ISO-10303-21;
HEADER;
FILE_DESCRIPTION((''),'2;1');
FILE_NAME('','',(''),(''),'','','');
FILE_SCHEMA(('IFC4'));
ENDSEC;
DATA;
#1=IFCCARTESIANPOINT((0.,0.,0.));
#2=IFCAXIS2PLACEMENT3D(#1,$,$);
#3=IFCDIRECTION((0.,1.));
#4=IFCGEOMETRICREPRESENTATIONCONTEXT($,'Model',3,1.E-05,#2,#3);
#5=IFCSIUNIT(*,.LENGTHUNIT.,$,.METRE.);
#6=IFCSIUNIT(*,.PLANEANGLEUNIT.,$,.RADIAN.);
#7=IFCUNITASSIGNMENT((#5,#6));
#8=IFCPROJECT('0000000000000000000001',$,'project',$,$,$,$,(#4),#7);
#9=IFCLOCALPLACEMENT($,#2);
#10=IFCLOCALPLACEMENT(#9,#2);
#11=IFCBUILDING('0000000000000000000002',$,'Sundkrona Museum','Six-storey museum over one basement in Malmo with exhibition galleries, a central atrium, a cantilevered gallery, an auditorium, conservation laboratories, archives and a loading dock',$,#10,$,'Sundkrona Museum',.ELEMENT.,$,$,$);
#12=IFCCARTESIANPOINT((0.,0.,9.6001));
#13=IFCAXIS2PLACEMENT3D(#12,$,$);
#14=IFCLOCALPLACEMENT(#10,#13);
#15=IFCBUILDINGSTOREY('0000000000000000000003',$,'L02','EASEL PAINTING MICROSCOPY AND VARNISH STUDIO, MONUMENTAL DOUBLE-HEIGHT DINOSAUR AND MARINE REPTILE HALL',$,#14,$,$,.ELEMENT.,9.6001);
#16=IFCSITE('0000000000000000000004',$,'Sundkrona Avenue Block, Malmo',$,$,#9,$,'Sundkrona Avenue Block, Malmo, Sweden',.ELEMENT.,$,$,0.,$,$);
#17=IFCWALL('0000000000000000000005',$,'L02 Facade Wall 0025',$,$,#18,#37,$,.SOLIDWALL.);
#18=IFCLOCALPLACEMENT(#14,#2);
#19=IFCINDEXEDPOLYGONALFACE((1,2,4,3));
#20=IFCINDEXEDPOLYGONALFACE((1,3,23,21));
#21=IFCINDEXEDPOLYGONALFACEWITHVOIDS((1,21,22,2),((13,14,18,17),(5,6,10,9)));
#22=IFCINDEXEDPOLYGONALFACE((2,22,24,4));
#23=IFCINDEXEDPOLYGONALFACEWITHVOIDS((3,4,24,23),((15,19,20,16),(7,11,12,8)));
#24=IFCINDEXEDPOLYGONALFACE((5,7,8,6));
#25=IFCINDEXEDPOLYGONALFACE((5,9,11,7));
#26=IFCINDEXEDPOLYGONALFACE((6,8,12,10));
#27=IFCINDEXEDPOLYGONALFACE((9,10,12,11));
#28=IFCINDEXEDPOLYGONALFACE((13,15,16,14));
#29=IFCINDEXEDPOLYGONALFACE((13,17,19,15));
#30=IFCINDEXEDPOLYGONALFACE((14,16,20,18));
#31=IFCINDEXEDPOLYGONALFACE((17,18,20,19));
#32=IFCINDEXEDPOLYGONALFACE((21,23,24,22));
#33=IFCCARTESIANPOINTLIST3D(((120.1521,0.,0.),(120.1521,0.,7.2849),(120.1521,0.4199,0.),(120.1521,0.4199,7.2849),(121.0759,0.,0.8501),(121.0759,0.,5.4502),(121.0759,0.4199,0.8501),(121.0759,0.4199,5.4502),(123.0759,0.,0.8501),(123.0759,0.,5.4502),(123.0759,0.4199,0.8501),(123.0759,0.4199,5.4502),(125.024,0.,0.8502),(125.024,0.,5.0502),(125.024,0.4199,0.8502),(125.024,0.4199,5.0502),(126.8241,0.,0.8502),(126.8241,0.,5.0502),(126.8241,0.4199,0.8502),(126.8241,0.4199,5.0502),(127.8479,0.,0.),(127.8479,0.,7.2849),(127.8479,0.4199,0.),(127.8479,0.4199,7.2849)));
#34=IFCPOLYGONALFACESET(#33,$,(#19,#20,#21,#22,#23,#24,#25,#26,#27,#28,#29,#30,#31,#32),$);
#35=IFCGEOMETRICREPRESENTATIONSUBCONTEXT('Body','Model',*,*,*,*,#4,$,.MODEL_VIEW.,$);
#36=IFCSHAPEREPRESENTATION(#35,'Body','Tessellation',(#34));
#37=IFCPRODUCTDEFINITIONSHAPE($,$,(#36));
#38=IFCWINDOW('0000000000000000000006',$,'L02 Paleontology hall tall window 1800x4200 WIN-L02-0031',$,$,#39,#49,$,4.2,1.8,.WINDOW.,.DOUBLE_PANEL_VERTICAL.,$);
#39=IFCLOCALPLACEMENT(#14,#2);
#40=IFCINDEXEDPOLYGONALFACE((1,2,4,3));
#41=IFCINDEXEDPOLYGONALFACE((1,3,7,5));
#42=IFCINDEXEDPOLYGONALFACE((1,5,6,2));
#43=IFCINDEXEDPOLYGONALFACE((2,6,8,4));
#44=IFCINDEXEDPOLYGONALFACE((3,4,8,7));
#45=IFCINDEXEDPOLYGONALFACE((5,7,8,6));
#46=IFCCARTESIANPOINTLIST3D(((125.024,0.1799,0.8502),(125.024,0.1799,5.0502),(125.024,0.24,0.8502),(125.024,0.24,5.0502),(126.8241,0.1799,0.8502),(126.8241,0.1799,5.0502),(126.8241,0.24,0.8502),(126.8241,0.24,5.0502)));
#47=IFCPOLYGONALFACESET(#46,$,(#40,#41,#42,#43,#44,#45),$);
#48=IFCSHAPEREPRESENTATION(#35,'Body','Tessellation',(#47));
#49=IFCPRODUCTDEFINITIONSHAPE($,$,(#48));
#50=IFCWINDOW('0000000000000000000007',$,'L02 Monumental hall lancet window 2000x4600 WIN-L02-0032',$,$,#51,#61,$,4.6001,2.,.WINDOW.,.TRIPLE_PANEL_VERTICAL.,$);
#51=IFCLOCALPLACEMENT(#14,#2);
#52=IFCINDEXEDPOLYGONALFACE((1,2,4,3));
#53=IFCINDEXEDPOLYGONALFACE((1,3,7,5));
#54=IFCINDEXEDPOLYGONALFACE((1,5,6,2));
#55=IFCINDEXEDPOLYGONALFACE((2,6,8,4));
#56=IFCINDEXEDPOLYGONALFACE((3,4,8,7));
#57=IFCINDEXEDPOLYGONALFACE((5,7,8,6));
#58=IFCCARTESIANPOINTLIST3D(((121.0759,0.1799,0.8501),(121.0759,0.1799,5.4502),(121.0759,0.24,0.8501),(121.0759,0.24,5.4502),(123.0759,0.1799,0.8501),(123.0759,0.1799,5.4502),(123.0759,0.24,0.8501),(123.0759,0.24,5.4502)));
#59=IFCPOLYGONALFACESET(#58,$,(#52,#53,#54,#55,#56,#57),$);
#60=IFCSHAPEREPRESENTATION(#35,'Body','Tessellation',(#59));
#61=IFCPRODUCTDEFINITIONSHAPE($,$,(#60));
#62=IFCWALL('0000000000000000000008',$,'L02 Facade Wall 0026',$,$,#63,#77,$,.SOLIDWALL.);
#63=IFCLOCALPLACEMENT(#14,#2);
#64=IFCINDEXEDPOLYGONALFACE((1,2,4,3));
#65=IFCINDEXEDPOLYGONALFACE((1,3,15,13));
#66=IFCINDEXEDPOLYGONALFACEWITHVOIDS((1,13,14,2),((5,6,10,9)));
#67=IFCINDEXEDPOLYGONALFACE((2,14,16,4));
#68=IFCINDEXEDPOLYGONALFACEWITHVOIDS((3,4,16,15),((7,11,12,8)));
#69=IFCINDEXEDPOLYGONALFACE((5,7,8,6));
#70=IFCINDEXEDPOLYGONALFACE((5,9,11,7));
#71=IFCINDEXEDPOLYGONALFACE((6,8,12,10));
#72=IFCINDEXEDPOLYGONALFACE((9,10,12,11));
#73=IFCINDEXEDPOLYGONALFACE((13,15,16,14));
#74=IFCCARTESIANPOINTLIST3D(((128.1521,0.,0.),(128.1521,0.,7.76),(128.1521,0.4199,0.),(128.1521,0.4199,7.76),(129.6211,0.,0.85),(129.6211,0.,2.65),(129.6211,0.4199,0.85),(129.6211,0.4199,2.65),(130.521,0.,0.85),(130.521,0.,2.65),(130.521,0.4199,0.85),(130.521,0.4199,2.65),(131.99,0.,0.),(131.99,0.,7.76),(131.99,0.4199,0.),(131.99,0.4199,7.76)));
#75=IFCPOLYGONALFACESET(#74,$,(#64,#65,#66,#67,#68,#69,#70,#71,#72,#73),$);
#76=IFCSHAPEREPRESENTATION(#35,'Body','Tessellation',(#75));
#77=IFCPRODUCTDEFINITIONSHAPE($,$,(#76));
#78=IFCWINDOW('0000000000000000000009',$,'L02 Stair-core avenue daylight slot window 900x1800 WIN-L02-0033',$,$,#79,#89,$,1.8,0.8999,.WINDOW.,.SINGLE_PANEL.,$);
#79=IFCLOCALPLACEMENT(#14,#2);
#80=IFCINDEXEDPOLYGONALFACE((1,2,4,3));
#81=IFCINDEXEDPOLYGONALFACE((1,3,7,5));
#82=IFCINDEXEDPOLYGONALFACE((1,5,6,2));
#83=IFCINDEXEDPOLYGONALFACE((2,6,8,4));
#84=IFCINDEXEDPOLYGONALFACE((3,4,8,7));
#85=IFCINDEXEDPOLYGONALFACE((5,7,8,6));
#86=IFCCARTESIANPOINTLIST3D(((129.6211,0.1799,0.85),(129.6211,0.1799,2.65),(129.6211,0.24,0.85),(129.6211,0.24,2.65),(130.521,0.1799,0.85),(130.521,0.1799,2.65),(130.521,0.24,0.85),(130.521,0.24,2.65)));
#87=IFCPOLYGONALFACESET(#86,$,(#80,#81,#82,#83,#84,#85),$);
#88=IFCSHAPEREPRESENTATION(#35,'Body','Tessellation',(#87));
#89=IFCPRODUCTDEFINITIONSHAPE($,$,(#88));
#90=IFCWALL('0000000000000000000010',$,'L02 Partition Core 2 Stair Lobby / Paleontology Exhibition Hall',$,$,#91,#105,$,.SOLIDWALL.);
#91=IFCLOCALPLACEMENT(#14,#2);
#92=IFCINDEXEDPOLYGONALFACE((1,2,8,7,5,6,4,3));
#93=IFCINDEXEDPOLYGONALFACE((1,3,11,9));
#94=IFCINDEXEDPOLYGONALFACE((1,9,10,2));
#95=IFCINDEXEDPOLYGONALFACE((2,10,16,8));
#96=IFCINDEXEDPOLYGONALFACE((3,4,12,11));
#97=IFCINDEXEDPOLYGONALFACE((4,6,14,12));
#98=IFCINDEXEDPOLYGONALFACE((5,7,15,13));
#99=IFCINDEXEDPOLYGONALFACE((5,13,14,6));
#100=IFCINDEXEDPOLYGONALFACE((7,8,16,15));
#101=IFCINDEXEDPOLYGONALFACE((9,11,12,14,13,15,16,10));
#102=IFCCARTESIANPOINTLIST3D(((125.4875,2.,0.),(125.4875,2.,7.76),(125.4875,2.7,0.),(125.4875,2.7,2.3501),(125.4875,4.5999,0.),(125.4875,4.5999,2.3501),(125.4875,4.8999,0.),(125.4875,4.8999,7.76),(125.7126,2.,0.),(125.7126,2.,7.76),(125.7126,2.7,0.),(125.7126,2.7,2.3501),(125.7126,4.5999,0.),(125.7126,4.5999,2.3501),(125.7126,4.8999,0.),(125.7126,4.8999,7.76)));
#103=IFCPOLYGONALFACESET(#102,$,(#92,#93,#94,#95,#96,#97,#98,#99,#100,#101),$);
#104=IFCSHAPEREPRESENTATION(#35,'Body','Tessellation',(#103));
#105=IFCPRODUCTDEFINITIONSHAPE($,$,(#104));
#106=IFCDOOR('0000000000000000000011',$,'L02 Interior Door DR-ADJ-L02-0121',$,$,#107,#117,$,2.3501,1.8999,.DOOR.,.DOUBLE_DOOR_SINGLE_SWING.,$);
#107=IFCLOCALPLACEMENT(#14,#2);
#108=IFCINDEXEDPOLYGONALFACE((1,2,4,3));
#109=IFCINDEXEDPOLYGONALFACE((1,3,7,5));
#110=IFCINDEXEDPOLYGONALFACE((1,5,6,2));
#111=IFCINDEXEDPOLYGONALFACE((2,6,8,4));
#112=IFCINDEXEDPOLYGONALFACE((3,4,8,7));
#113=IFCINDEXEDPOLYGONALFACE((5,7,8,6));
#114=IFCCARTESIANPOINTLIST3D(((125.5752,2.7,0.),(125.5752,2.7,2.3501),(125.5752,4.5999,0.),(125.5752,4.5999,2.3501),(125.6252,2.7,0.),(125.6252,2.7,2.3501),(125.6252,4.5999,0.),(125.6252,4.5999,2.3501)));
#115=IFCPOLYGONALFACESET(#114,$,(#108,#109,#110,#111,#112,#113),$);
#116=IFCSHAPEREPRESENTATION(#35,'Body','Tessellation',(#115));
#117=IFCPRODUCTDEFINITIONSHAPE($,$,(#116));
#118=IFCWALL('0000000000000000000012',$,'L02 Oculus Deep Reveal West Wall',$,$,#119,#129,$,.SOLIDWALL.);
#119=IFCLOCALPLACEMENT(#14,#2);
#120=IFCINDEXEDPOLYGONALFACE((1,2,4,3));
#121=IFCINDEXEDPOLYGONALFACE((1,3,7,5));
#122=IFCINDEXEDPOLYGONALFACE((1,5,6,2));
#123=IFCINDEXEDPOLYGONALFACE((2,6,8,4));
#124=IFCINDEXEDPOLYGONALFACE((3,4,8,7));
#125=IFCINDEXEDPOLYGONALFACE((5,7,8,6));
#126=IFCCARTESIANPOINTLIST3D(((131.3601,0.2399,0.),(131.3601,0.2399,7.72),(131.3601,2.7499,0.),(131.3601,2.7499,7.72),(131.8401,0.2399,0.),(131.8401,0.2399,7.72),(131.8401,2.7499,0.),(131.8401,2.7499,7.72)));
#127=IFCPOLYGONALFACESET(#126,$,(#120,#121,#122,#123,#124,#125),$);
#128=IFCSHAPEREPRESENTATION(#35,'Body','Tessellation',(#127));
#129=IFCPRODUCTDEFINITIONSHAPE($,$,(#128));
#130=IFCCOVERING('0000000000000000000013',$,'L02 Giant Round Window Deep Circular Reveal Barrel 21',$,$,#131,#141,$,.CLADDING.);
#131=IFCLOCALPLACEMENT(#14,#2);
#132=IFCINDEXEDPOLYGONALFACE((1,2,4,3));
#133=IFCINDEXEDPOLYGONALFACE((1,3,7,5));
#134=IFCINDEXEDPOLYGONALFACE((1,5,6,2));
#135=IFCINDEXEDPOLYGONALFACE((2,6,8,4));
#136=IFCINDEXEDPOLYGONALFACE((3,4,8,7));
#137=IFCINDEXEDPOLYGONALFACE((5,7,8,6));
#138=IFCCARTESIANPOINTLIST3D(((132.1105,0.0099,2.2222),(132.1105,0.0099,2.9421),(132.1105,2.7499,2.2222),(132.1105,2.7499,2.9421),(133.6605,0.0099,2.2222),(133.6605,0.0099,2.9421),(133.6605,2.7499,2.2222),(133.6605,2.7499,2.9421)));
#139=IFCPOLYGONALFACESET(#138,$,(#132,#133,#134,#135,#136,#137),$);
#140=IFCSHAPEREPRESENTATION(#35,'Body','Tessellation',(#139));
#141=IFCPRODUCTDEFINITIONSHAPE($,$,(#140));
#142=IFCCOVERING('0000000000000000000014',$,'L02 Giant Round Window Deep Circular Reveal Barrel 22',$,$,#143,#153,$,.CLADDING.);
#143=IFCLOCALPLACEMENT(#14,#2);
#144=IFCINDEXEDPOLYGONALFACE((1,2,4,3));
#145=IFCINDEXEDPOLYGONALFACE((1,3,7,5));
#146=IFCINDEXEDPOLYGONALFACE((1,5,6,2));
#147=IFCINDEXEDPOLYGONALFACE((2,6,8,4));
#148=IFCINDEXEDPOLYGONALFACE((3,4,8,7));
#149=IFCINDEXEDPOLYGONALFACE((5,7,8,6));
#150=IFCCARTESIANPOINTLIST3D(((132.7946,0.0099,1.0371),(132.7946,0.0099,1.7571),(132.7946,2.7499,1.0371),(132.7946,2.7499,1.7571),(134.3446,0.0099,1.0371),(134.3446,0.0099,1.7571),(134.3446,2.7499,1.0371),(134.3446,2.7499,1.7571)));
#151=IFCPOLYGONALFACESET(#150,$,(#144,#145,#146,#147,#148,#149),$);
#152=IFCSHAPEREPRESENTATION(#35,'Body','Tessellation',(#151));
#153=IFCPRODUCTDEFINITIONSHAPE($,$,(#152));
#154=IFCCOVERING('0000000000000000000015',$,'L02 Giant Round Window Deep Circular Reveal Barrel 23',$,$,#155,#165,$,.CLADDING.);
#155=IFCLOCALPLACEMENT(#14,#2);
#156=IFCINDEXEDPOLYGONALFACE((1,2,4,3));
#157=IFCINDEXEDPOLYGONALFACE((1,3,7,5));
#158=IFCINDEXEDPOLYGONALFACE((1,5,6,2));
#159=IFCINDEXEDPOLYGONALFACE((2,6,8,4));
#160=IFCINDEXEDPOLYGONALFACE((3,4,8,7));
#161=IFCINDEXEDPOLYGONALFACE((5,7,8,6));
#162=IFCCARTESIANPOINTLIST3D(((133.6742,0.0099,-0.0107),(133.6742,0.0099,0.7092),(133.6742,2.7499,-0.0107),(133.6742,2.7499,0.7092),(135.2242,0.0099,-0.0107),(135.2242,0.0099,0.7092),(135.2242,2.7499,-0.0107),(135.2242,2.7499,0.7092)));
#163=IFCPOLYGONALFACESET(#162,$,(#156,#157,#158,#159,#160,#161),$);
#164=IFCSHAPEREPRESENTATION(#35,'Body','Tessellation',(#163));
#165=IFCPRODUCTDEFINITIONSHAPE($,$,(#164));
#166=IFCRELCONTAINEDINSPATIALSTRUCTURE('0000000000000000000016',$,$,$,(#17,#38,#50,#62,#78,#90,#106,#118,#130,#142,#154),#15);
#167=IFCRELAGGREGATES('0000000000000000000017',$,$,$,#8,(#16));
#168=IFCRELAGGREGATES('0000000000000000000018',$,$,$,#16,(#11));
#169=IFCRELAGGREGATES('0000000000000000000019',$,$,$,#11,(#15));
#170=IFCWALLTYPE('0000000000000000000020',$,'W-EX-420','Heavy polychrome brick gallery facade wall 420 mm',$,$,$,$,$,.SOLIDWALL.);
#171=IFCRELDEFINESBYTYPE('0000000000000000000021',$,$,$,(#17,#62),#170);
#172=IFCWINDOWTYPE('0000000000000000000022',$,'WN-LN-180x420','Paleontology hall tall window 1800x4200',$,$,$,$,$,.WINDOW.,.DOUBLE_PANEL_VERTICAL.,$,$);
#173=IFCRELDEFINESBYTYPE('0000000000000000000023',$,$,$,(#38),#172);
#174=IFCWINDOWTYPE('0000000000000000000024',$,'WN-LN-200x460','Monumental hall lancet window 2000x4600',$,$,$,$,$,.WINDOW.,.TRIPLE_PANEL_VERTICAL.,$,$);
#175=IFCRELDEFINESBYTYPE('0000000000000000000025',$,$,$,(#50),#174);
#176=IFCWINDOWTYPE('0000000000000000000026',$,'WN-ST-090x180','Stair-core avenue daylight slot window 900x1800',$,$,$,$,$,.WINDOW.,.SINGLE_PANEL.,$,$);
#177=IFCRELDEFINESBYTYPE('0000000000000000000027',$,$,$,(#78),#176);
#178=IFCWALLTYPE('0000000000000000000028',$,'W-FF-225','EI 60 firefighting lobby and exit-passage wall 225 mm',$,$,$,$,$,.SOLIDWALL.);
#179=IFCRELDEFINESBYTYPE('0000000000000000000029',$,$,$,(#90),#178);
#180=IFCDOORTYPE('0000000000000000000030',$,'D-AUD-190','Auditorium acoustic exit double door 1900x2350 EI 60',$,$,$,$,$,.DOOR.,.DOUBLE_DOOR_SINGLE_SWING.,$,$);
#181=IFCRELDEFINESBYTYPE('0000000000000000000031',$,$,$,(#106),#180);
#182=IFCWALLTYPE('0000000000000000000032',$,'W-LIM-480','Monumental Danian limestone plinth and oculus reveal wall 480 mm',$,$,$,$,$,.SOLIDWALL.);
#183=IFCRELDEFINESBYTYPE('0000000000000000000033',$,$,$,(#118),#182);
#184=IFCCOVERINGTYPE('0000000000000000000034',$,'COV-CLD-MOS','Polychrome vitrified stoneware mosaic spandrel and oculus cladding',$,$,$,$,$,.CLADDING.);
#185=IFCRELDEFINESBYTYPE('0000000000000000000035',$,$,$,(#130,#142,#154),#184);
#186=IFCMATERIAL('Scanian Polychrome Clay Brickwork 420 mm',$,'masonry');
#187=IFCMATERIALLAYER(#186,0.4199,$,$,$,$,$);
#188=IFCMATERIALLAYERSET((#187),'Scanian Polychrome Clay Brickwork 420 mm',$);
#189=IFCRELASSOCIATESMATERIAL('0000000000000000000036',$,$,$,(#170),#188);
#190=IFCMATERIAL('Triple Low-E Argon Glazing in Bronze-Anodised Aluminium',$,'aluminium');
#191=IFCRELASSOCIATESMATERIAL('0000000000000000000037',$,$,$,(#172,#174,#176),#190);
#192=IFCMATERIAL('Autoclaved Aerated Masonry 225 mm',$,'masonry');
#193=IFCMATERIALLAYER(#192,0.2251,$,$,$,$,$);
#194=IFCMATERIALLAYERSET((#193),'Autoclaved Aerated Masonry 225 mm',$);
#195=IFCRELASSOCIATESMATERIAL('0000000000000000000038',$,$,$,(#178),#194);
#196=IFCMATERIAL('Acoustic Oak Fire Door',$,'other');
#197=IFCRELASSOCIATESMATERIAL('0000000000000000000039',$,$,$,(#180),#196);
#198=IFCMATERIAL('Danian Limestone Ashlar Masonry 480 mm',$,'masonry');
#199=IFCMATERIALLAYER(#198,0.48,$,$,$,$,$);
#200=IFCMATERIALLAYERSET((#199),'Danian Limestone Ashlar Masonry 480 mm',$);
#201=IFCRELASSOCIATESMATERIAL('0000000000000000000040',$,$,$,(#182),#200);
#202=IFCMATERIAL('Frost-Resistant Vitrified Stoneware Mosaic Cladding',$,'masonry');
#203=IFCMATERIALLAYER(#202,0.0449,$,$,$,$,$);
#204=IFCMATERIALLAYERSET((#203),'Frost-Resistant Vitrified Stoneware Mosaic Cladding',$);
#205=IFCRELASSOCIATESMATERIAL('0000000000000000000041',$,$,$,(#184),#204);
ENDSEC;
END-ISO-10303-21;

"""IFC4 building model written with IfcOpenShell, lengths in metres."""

from ifc_helpers import new_model, si_unit, direction, frame, frame_2d, origin, origin_2d, place, context, subcontext, project, spatial, rectangle, extrude, material, layer, layer_set, type_object, element, fill, save


model = new_model("IFC4")

# Units and contexts
model_context = context("Model", 3, precision=1e-05, world=origin(), true_north=direction((0.0, 1.0)))
body_context = subcontext(model_context, "Body", "Model", "MODEL_VIEW")
ifc_project = project(units=[si_unit("LENGTHUNIT", "METRE"), si_unit("PLANEANGLEUNIT", "RADIAN")], contexts=[model_context])

# Site, building, storey
site_placement = place(None, origin())
site = spatial("IfcSite", under=ifc_project, at=site_placement, Name="Sundkrona Avenue Block, Malmo", LongName="Sundkrona Avenue Block, Malmo, Sweden", CompositionType="ELEMENT", RefElevation=0.0)
building_placement = place(site_placement, origin())
building = spatial("IfcBuilding", under=site, at=building_placement, Name="Sundkrona Museum", Description="Six-storey museum over one basement in Malmo with exhibition galleries, a central atrium, a cantilevered gallery, an auditorium, conservation laboratories, archives and a loading dock", LongName="Sundkrona Museum", CompositionType="ELEMENT")
storey_placement = place(building_placement, frame((0.0, 0.0, 9.6001)))
storey = spatial("IfcBuildingStorey", under=building, at=storey_placement, Name="L02", Description="EASEL PAINTING MICROSCOPY AND VARNISH STUDIO, MONUMENTAL DOUBLE-HEIGHT DINOSAUR AND MARINE REPTILE HALL", CompositionType="ELEMENT", Elevation=9.6001)

# Shared definitions
ifc_material_1 = material(Name="Scanian Polychrome Clay Brickwork 420 mm", Category="masonry")
ifc_layer_1 = layer(ifc_material_1, 0.4199)
ifc_layer_set_1 = layer_set([ifc_layer_1], Name="Scanian Polychrome Clay Brickwork 420 mm")
wall_type_1 = type_object("IfcWallType", Name="W-EX-420", Description="Heavy polychrome brick gallery facade wall 420 mm", PredefinedType="SOLIDWALL", material=ifc_layer_set_1)

# Wall, openings, windows
wall_1_placement = place(storey_placement, frame((127.8479, 0.21, 0.0), z_axis=(0.0, 0.0, 1.0), x_axis=(-1.0, 0.0, 0.0)))
wall_1 = element("IfcWall", 1, at=wall_1_placement, inside=storey, type_object=wall_type_1, Name="L02 Facade Wall 0025", PredefinedType="SOLIDWALL", context=body_context, shape_type="SweptSolid", body=[
    extrude(rectangle(XDim=7.6958, YDim=0.4199, at=frame_2d((3.8479, 0.0))), origin(), (0.0, 0.0, 1.0), 7.2849),
])
opening_1_placement = place(wall_1_placement, frame((1.0239, 0.0, 0.8501)))
opening_1 = element("IfcOpeningElement", 2, at=opening_1_placement, cuts=wall_1, PredefinedType="OPENING", context=body_context, shape_type="SweptSolid", body=[
    extrude(rectangle(XDim=1.8, YDim=4.2, at=frame_2d((0.8999, 2.1001))), frame((0.0, 0.22, 0.0), z_axis=(0.0, -1.0, 0.0), x_axis=(1.0, 0.0, 0.0)), (0.0, 0.0, 1.0), 0.4399),
])
opening_2_placement = place(wall_1_placement, frame((4.772, 0.0, 0.8501)))
opening_2 = element("IfcOpeningElement", 3, at=opening_2_placement, cuts=wall_1, PredefinedType="OPENING", context=body_context, shape_type="SweptSolid", body=[
    extrude(rectangle(XDim=2.0, YDim=4.6001, at=frame_2d((1.0, 2.3))), frame((0.0, 0.22, 0.0), z_axis=(0.0, -1.0, 0.0), x_axis=(1.0, 0.0, 0.0)), (0.0, 0.0, 1.0), 0.4399),
])
ifc_material_2 = material(Name="Triple Low-E Argon Glazing in Bronze-Anodised Aluminium", Category="aluminium")
window_type_1 = type_object("IfcWindowType", Name="WN-LN-180x420", Description="Paleontology hall tall window 1800x4200", PartitioningType="DOUBLE_PANEL_VERTICAL", PredefinedType="WINDOW", material=ifc_material_2)
window_1_placement = place(opening_1_placement, origin())
window_1 = element("IfcWindow", 4, at=window_1_placement, inside=storey, type_object=window_type_1, Name="L02 Paleontology hall tall window 1800x4200 WIN-L02-0031", OverallHeight=4.2, OverallWidth=1.8, PartitioningType="DOUBLE_PANEL_VERTICAL", PredefinedType="WINDOW", context=body_context, shape_type="SweptSolid", body=[
    extrude(rectangle(XDim=1.8, YDim=4.2, at=frame_2d((0.8999, 2.1001))), frame((0.0, 0.03, 0.0), z_axis=(0.0, -1.0, 0.0), x_axis=(1.0, 0.0, 0.0)), (0.0, 0.0, 1.0), 0.0601),
])
fill(opening_1, window_1)
window_type_2 = type_object("IfcWindowType", Name="WN-LN-200x460", Description="Monumental hall lancet window 2000x4600", PartitioningType="TRIPLE_PANEL_VERTICAL", PredefinedType="WINDOW", material=ifc_material_2)
window_2_placement = place(opening_2_placement, origin())
window_2 = element("IfcWindow", 5, at=window_2_placement, inside=storey, type_object=window_type_2, Name="L02 Monumental hall lancet window 2000x4600 WIN-L02-0032", OverallHeight=4.6001, OverallWidth=2.0, PartitioningType="TRIPLE_PANEL_VERTICAL", PredefinedType="WINDOW", context=body_context, shape_type="SweptSolid", body=[
    extrude(rectangle(XDim=2.0, YDim=4.6001, at=frame_2d((1.0, 2.3))), frame((0.0, 0.03, 0.0), z_axis=(0.0, -1.0, 0.0), x_axis=(1.0, 0.0, 0.0)), (0.0, 0.0, 1.0), 0.0601),
])
fill(opening_2, window_2)

# Wall, opening, window
wall_2_placement = place(storey_placement, frame((131.99, 0.21, 0.0), z_axis=(0.0, 0.0, 1.0), x_axis=(-1.0, 0.0, 0.0)))
wall_2 = element("IfcWall", 6, at=wall_2_placement, inside=storey, type_object=wall_type_1, Name="L02 Facade Wall 0026", PredefinedType="SOLIDWALL", context=body_context, shape_type="SweptSolid", body=[
    extrude(rectangle(XDim=3.8379, YDim=0.4199, at=frame_2d((1.9189, 0.0))), origin(), (0.0, 0.0, 1.0), 7.76),
])
opening_3_placement = place(wall_2_placement, frame((1.469, 0.0, 0.8501)))
opening_3 = element("IfcOpeningElement", 7, at=opening_3_placement, cuts=wall_2, PredefinedType="OPENING", context=body_context, shape_type="SweptSolid", body=[
    extrude(rectangle(XDim=0.8999, YDim=1.8, at=frame_2d((0.45, 0.8999))), frame((0.0, 0.22, 0.0), z_axis=(0.0, -1.0, 0.0), x_axis=(1.0, 0.0, 0.0)), (0.0, 0.0, 1.0), 0.4399),
])
window_type_3 = type_object("IfcWindowType", Name="WN-ST-090x180", Description="Stair-core avenue daylight slot window 900x1800", PartitioningType="SINGLE_PANEL", PredefinedType="WINDOW", material=ifc_material_2)
window_3_placement = place(opening_3_placement, origin())
window_3 = element("IfcWindow", 8, at=window_3_placement, inside=storey, type_object=window_type_3, Name="L02 Stair-core avenue daylight slot window 900x1800 WIN-L02-0033", OverallHeight=1.8, OverallWidth=0.8999, PartitioningType="SINGLE_PANEL", PredefinedType="WINDOW", context=body_context, shape_type="SweptSolid", body=[
    extrude(rectangle(XDim=0.8999, YDim=1.8, at=frame_2d((0.45, 0.8999))), frame((0.0, 0.03, 0.0), z_axis=(0.0, -1.0, 0.0), x_axis=(1.0, 0.0, 0.0)), (0.0, 0.0, 1.0), 0.0601),
])
fill(opening_3, window_3)

# Wall, opening, door
ifc_material_3 = material(Name="Autoclaved Aerated Masonry 225 mm", Category="masonry")
ifc_layer_2 = layer(ifc_material_3, 0.2251)
ifc_layer_set_2 = layer_set([ifc_layer_2], Name="Autoclaved Aerated Masonry 225 mm")
wall_type_2 = type_object("IfcWallType", Name="W-FF-225", Description="EI 60 firefighting lobby and exit-passage wall 225 mm", PredefinedType="SOLIDWALL", material=ifc_layer_set_2)
wall_3_placement = place(storey_placement, frame((125.6001, 2.0, 0.0), z_axis=(0.0, 0.0, 1.0), x_axis=(0.0, 1.0, 0.0)))
wall_3 = element("IfcWall", 9, at=wall_3_placement, inside=storey, type_object=wall_type_2, Name="L02 Partition Core 2 Stair Lobby / Paleontology Exhibition Hall", PredefinedType="SOLIDWALL", context=body_context, shape_type="SweptSolid", body=[
    extrude(rectangle(XDim=2.8999, YDim=0.2251, at=frame_2d((1.45, 0.0))), origin(), (0.0, 0.0, 1.0), 7.76),
])
opening_4_placement = place(wall_3_placement, frame((0.7, 0.0, 0.0)))
opening_4 = element("IfcOpeningElement", 10, at=opening_4_placement, cuts=wall_3, PredefinedType="OPENING", context=body_context, shape_type="SweptSolid", body=[
    extrude(rectangle(XDim=1.8999, YDim=2.3501, at=frame_2d((0.95, 1.175))), frame((0.0, 0.1226, 0.0), z_axis=(0.0, -1.0, 0.0), x_axis=(1.0, 0.0, 0.0)), (0.0, 0.0, 1.0), 0.2451),
])
ifc_material_4 = material(Name="Acoustic Oak Fire Door", Category="other")
door_type = type_object("IfcDoorType", Name="D-AUD-190", Description="Auditorium acoustic exit double door 1900x2350 EI 60", OperationType="DOUBLE_DOOR_SINGLE_SWING", PredefinedType="DOOR", material=ifc_material_4)
door_placement = place(opening_4_placement, origin())
door = element("IfcDoor", 11, at=door_placement, inside=storey, type_object=door_type, Name="L02 Interior Door DR-ADJ-L02-0121", OperationType="DOUBLE_DOOR_SINGLE_SWING", OverallHeight=2.3501, OverallWidth=1.8999, PredefinedType="DOOR", context=body_context, shape_type="SweptSolid", body=[
    extrude(rectangle(XDim=1.8999, YDim=2.3501, at=frame_2d((0.95, 1.175))), frame((0.0, 0.0249, 0.0), z_axis=(0.0, -1.0, 0.0), x_axis=(1.0, 0.0, 0.0)), (0.0, 0.0, 1.0), 0.05),
])
fill(opening_4, door)

# Wall
ifc_material_5 = material(Name="Danian Limestone Ashlar Masonry 480 mm", Category="masonry")
ifc_layer_3 = layer(ifc_material_5, 0.48)
ifc_layer_set_3 = layer_set([ifc_layer_3], Name="Danian Limestone Ashlar Masonry 480 mm")
wall_type_3 = type_object("IfcWallType", Name="W-LIM-480", Description="Monumental Danian limestone plinth and oculus reveal wall 480 mm", PredefinedType="SOLIDWALL", material=ifc_layer_set_3)
wall_4_placement = place(storey_placement, frame((131.6001, 0.24, 0.0), z_axis=(0.0, 0.0, 1.0), x_axis=(0.0, 1.0, 0.0)))
element("IfcWall", 12, at=wall_4_placement, inside=storey, type_object=wall_type_3, Name="L02 Oculus Deep Reveal West Wall", PredefinedType="SOLIDWALL", context=body_context, shape_type="SweptSolid", body=[
    extrude(rectangle(XDim=2.51, YDim=0.48, at=frame_2d((1.2549, 0.0))), origin(), (0.0, 0.0, 1.0), 7.72),
])

# Coverings
ifc_material_6 = material(Name="Frost-Resistant Vitrified Stoneware Mosaic Cladding", Category="masonry")
ifc_layer_4 = layer(ifc_material_6, 0.0449)
ifc_layer_set_4 = layer_set([ifc_layer_4], Name="Frost-Resistant Vitrified Stoneware Mosaic Cladding")
covering_type = type_object("IfcCoveringType", Name="COV-CLD-MOS", Description="Polychrome vitrified stoneware mosaic spandrel and oculus cladding", PredefinedType="CLADDING", material=ifc_layer_set_4)
for number, where, z_axis, x_axis, name in (
    (13, (132.8855, 1.3799, 2.2222), (0.0, 0.0, 1.0), (1.0, 0.0, 0.0), "L02 Giant Round Window Deep Circular Reveal Barrel 21"),
    (14, (133.5696, 1.3799, 1.0371), (0.0, 0.0, 1.0), (1.0, 0.0, 0.0), "L02 Giant Round Window Deep Circular Reveal Barrel 22"),
    (15, (134.4492, 1.3799, -0.0107), (0.0, 0.0, 1.0), (1.0, 0.0, 0.0), "L02 Giant Round Window Deep Circular Reveal Barrel 23"),
):
    element("IfcCovering", number, at=place(storey_placement, frame(where, z_axis=z_axis, x_axis=x_axis)), inside=storey, type_object=covering_type, Name=name, PredefinedType="CLADDING", context=body_context, shape_type="SweptSolid", body=[
        extrude(rectangle(XDim=1.55, YDim=2.74, at=origin_2d()), origin(), (0.0, 0.0, 1.0), 0.72),
    ])

save(model, "model.ifc")
